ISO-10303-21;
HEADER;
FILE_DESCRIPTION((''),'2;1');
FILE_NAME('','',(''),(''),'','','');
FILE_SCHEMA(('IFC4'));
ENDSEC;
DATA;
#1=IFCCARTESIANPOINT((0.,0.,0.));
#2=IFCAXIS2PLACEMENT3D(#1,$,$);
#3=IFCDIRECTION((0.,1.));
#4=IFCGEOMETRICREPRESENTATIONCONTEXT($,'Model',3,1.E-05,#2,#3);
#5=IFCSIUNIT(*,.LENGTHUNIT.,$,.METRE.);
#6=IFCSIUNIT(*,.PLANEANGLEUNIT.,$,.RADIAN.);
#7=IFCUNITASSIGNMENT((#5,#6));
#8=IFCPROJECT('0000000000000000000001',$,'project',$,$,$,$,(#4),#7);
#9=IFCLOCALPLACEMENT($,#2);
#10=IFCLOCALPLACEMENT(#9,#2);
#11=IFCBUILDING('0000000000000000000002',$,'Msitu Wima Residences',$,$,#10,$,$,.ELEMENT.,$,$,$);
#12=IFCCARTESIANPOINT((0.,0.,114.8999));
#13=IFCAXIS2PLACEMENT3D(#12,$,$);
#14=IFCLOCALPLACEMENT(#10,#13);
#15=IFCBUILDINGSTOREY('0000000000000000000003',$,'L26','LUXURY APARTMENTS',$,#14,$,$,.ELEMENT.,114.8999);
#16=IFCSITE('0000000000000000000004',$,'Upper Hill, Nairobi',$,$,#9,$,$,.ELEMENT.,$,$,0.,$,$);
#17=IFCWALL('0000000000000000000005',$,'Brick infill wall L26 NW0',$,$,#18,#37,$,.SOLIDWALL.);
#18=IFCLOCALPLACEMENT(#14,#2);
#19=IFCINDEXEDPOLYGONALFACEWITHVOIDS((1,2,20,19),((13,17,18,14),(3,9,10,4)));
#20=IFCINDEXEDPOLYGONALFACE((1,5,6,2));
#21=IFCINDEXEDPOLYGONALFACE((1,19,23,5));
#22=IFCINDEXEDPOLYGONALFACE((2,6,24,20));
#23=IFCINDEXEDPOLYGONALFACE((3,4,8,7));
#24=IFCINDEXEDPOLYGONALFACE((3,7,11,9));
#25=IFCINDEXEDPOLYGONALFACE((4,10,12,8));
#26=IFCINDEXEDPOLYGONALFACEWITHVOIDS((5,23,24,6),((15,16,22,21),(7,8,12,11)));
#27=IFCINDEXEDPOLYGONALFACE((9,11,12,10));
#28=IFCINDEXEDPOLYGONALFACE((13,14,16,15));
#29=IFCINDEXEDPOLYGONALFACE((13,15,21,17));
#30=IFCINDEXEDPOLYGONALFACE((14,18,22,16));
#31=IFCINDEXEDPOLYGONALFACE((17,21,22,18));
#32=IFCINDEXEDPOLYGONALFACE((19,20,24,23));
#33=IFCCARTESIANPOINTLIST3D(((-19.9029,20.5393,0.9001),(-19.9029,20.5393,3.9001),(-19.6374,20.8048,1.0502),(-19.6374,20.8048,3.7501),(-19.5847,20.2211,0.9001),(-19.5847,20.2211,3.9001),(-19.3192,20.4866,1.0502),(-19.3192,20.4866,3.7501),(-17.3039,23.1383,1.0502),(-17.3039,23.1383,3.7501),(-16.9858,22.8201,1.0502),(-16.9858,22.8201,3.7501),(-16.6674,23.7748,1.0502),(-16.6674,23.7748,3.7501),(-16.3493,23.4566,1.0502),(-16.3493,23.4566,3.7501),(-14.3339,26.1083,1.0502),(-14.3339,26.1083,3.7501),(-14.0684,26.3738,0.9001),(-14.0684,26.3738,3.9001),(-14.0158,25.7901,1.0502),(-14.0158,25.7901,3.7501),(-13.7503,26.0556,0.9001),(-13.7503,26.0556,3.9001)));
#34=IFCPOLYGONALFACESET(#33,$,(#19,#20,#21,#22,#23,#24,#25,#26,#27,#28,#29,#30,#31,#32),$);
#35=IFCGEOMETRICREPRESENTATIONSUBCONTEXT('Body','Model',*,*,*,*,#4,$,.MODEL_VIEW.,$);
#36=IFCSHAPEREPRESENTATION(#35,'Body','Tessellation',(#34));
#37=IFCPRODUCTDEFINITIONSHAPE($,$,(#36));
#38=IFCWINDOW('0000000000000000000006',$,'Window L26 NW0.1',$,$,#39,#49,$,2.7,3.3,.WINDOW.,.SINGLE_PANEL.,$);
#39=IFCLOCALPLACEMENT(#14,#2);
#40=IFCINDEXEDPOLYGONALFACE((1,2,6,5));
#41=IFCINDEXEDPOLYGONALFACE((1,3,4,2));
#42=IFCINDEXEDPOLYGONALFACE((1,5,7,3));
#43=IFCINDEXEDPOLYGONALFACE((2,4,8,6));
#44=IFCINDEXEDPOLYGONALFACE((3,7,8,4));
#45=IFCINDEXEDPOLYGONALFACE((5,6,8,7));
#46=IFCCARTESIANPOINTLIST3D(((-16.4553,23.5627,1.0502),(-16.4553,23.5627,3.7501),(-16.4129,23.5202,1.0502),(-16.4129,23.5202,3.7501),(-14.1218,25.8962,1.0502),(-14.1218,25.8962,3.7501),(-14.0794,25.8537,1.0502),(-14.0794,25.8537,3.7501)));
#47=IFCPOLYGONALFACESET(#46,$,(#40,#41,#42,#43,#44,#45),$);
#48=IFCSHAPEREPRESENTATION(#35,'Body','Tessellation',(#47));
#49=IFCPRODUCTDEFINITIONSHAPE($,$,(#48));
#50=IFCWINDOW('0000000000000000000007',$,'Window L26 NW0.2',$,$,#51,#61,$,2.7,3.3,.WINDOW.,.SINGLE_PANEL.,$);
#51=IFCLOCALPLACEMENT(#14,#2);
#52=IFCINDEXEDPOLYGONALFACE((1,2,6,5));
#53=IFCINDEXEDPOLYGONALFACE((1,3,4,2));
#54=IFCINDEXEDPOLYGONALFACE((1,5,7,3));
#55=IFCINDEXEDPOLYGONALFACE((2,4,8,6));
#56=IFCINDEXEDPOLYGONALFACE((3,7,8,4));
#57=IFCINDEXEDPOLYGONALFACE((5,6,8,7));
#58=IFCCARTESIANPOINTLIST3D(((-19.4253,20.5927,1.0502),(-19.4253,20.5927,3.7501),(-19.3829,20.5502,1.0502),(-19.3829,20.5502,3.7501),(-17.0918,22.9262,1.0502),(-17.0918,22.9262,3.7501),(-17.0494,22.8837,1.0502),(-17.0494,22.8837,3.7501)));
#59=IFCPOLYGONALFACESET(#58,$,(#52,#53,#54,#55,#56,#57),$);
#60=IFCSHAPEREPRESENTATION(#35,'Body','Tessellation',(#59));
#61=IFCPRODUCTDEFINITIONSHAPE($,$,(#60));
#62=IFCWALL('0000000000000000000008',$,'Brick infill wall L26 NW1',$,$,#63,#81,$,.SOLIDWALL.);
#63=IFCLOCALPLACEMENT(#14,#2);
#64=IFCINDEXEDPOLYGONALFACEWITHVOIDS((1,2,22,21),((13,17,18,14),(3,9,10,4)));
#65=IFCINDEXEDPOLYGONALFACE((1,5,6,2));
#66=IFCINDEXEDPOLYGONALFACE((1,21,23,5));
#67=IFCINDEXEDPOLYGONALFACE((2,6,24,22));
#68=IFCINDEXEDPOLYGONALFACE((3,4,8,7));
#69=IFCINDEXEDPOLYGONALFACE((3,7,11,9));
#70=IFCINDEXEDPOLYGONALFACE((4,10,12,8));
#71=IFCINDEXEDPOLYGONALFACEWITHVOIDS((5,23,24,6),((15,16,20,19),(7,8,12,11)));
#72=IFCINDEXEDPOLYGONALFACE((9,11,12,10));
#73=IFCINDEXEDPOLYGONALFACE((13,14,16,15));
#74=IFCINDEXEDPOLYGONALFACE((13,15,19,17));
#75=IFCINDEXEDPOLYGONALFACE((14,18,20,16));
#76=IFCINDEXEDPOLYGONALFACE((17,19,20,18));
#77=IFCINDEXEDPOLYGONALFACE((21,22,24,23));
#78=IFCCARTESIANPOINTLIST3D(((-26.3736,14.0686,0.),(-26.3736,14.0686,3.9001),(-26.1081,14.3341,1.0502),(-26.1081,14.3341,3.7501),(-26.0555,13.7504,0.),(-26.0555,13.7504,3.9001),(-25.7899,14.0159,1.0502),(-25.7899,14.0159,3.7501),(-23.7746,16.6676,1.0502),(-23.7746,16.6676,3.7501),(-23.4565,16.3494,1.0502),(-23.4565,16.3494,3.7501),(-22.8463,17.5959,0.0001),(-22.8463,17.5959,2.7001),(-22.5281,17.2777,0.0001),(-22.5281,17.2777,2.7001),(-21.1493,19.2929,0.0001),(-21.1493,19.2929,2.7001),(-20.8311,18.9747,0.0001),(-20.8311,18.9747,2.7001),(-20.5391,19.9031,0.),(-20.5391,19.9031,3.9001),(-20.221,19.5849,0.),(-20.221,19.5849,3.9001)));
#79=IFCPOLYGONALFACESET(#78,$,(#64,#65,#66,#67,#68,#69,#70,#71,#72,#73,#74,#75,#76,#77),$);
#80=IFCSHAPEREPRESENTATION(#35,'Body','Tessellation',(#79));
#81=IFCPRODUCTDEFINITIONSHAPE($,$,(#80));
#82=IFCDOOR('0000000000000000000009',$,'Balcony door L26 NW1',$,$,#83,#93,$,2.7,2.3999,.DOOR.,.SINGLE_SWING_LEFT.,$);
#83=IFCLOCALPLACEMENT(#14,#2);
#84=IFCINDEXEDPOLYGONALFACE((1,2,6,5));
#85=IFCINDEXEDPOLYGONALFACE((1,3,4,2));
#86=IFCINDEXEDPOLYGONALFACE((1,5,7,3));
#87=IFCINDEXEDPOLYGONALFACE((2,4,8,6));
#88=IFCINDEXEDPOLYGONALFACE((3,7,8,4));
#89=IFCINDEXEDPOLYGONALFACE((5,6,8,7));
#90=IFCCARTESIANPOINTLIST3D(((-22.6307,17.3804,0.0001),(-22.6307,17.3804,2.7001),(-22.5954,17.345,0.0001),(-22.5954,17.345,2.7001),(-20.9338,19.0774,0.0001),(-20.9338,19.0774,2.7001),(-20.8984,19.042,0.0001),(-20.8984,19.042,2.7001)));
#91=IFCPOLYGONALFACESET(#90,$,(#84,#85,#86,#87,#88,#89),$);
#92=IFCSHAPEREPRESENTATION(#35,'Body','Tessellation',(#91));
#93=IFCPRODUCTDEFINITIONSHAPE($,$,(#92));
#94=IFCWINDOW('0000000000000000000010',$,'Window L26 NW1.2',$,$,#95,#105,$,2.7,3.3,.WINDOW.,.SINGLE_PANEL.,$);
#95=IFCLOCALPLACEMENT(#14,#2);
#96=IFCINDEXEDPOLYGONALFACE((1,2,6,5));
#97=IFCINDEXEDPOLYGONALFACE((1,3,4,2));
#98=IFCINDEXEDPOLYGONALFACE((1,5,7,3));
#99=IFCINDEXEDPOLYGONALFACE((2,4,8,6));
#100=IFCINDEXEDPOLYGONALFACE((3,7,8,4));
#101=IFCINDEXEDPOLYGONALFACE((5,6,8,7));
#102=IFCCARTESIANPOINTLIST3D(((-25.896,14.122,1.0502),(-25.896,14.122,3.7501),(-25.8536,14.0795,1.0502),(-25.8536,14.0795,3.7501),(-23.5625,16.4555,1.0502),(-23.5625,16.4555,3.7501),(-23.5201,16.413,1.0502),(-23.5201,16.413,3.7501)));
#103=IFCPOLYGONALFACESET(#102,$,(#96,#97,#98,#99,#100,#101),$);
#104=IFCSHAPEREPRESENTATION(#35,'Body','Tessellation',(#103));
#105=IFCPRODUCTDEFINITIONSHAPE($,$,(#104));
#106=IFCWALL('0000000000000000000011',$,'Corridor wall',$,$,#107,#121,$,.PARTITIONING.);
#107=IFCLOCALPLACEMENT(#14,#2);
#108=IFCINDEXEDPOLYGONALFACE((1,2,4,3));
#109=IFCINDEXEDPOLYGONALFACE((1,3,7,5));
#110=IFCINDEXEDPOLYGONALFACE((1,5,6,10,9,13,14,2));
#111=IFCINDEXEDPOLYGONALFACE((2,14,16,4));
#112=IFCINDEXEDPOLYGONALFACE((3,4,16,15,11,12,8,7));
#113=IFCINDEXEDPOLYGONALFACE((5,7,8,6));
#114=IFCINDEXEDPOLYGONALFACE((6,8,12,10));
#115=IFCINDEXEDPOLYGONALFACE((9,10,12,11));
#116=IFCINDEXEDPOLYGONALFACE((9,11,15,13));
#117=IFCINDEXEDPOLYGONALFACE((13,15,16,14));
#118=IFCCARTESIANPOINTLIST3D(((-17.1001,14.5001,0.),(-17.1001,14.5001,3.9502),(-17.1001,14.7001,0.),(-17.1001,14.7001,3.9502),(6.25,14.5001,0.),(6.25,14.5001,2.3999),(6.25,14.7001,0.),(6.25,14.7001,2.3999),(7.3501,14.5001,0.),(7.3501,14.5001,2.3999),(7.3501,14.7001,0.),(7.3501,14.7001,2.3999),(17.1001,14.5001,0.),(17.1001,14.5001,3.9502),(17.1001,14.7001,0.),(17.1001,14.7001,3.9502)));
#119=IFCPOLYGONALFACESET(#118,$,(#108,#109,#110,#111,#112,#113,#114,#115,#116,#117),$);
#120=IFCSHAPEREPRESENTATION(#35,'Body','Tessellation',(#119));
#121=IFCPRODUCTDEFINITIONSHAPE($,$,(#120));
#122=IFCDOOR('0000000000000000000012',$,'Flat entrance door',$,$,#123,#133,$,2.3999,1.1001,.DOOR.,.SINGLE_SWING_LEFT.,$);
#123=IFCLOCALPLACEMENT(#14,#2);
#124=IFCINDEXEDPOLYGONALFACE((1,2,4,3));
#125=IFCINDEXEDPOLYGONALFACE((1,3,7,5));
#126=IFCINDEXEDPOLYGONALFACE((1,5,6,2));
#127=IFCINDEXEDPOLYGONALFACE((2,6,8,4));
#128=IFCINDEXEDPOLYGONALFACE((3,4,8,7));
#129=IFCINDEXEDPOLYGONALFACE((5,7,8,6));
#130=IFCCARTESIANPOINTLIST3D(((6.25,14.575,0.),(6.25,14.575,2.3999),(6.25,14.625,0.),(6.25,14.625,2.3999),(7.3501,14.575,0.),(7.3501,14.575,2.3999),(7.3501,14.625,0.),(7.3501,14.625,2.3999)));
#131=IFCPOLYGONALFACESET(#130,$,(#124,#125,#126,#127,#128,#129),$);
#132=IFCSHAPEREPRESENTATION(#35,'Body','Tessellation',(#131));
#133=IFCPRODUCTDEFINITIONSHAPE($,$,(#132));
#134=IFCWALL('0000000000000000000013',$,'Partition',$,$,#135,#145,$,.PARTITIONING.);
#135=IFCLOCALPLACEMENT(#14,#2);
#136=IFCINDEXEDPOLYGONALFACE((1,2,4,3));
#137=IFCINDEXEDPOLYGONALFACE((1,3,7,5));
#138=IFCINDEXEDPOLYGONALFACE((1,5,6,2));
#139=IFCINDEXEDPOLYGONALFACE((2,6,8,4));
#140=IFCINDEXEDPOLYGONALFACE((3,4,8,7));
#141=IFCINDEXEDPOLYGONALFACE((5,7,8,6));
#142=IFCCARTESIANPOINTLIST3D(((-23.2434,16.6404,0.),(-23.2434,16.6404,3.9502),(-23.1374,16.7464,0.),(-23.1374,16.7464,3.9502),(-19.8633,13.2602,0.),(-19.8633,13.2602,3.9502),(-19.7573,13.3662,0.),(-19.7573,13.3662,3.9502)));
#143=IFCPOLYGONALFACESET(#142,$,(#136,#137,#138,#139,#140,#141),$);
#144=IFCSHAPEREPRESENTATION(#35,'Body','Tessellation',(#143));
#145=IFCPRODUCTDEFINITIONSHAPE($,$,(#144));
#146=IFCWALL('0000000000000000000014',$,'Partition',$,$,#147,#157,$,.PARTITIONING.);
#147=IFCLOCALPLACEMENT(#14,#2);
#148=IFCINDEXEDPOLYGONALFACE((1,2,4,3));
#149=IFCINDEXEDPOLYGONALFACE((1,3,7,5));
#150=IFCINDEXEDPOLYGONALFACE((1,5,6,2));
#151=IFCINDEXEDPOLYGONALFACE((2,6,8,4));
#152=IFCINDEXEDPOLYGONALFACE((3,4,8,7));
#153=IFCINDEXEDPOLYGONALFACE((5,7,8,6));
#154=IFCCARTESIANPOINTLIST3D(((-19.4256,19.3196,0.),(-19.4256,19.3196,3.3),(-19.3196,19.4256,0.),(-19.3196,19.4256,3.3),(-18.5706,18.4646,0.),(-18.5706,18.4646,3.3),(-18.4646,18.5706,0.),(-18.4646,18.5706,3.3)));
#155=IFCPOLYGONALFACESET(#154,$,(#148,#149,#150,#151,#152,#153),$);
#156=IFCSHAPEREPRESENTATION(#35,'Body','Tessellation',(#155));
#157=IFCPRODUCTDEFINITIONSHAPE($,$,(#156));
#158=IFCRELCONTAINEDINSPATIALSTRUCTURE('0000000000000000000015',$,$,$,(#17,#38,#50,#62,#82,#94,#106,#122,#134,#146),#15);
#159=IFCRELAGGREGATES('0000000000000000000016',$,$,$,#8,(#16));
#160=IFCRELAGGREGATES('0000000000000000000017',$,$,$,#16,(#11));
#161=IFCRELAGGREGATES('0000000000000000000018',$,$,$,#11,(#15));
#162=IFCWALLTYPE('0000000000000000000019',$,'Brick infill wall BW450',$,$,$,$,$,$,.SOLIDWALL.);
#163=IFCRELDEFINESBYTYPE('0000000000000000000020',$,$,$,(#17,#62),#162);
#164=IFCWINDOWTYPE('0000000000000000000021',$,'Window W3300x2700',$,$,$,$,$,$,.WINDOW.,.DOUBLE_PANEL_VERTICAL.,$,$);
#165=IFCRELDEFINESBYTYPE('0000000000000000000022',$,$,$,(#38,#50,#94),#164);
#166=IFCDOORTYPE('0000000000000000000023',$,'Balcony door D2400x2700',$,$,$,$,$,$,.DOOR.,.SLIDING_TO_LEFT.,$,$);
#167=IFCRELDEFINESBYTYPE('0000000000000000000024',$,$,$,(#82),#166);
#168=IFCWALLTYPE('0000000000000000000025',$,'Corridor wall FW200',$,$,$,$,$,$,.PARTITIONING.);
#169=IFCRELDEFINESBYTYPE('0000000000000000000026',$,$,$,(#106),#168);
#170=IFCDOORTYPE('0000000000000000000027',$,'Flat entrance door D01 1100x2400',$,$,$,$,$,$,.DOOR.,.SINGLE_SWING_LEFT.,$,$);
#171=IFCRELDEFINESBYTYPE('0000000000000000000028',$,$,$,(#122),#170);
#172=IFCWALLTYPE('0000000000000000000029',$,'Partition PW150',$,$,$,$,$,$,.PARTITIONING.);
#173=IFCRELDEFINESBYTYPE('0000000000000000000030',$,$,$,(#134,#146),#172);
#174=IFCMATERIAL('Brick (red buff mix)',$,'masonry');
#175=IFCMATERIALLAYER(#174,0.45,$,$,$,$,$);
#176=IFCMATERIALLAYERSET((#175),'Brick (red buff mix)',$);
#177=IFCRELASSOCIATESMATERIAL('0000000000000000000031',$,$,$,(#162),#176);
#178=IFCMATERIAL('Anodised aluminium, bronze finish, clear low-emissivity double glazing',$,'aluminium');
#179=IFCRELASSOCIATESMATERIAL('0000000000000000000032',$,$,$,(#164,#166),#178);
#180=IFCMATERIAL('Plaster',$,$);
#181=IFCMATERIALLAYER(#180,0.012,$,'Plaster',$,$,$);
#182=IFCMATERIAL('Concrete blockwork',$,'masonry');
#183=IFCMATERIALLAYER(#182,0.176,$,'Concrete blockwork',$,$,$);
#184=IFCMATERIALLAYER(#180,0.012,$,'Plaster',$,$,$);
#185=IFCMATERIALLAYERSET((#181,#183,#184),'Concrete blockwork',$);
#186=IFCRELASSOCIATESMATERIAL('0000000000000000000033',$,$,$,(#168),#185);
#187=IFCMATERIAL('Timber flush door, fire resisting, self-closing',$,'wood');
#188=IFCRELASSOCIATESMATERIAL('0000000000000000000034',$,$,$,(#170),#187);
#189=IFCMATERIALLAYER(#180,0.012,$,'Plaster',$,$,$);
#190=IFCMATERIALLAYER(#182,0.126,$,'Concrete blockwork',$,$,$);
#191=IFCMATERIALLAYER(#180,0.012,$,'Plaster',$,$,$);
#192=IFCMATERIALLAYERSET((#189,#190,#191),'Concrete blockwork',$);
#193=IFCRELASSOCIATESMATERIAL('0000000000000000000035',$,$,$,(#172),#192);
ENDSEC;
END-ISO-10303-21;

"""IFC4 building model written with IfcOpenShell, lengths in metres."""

from ifc_helpers import new_model, si_unit, direction, frame, frame_2d, origin, place, context, subcontext, project, spatial, rectangle, extrude, material, layer, layer_set, type_object, element, fill, save


model = new_model("IFC4")

# Units and contexts
model_context = context("Model", 3, precision=1e-05, world=origin(), true_north=direction((0.0, 1.0)))
body_context = subcontext(model_context, "Body", "Model", "MODEL_VIEW")
ifc_project = project(units=[si_unit("LENGTHUNIT", "METRE"), si_unit("PLANEANGLEUNIT", "RADIAN")], contexts=[model_context])

# Site, building, storey
site_placement = place(None, origin())
site = spatial("IfcSite", under=ifc_project, at=site_placement, Name="Upper Hill, Nairobi", CompositionType="ELEMENT", RefElevation=0.0)
building_placement = place(site_placement, origin())
building = spatial("IfcBuilding", under=site, at=building_placement, Name="Msitu Wima Residences", CompositionType="ELEMENT")
storey_placement = place(building_placement, frame((0.0, 0.0, 114.8999)))
storey = spatial("IfcBuildingStorey", under=building, at=storey_placement, Name="L26", Description="LUXURY APARTMENTS", CompositionType="ELEMENT", Elevation=114.8999)

# Wall, openings, windows
ifc_material_1 = material(Name="Brick (red buff mix)", Category="masonry")
ifc_layer_1 = layer(ifc_material_1, 0.45)
ifc_layer_set_1 = layer_set([ifc_layer_1], Name="Brick (red buff mix)")
wall_type_1 = type_object("IfcWallType", Name="Brick infill wall BW450", PredefinedType="SOLIDWALL", material=ifc_layer_set_1)
wall_1_placement = place(storey_placement, frame((-13.9094, 26.2146, 0.9001), z_axis=(0.0, 0.0, 1.0), x_axis=(-0.707107, -0.707107, 0.0)))
wall_1 = element("IfcWall", 1, at=wall_1_placement, inside=storey, type_object=wall_type_1, Name="Brick infill wall L26 NW0", PredefinedType="SOLIDWALL", context=body_context, shape_type="SweptSolid", body=[
    extrude(rectangle(XDim=8.2512, YDim=0.45, at=frame_2d((4.1255, 0.0))), origin(), (0.0, 0.0, 1.0), 3.0),
])
opening_1_placement = place(wall_1_placement, frame((0.3755, 0.0, 0.1499)))
opening_1 = element("IfcOpeningElement", 2, at=opening_1_placement, cuts=wall_1, PredefinedType="OPENING", context=body_context, shape_type="SweptSolid", body=[
    extrude(rectangle(XDim=3.3, YDim=2.7, at=frame_2d((1.6499, 1.3501))), frame((0.0, 0.2349, 0.0), z_axis=(0.0, -1.0, 0.0), x_axis=(1.0, 0.0, 0.0)), (0.0, 0.0, 1.0), 0.47),
])
opening_2_placement = place(wall_1_placement, frame((4.5757, 0.0, 0.1499)))
opening_2 = element("IfcOpeningElement", 3, at=opening_2_placement, cuts=wall_1, PredefinedType="OPENING", context=body_context, shape_type="SweptSolid", body=[
    extrude(rectangle(XDim=3.3, YDim=2.7, at=frame_2d((1.6499, 1.3501))), frame((0.0, 0.2349, 0.0), z_axis=(0.0, -1.0, 0.0), x_axis=(1.0, 0.0, 0.0)), (0.0, 0.0, 1.0), 0.47),
])
ifc_material_2 = material(Name="Anodised aluminium, bronze finish, clear low-emissivity double glazing", Category="aluminium")
window_type = type_object("IfcWindowType", Name="Window W3300x2700", PartitioningType="DOUBLE_PANEL_VERTICAL", PredefinedType="WINDOW", material=ifc_material_2)
window_1_placement = place(opening_1_placement, origin())
window_1 = element("IfcWindow", 4, at=window_1_placement, inside=storey, type_object=window_type, Name="Window L26 NW0.1", OverallHeight=2.7, OverallWidth=3.3, PartitioningType="SINGLE_PANEL", PredefinedType="WINDOW", context=body_context, shape_type="SweptSolid", body=[
    extrude(rectangle(XDim=3.3, YDim=2.7, at=frame_2d((1.6499, 1.3501))), frame((0.0, 0.135, 0.0), z_axis=(0.0, -1.0, 0.0), x_axis=(1.0, 0.0, 0.0)), (0.0, 0.0, 1.0), 0.0601),
])
fill(opening_1, window_1)
window_2_placement = place(opening_2_placement, origin())
window_2 = element("IfcWindow", 5, at=window_2_placement, inside=storey, type_object=window_type, Name="Window L26 NW0.2", OverallHeight=2.7, OverallWidth=3.3, PartitioningType="SINGLE_PANEL", PredefinedType="WINDOW", context=body_context, shape_type="SweptSolid", body=[
    extrude(rectangle(XDim=3.3, YDim=2.7, at=frame_2d((1.6499, 1.3501))), frame((0.0, 0.135, 0.0), z_axis=(0.0, -1.0, 0.0), x_axis=(1.0, 0.0, 0.0)), (0.0, 0.0, 1.0), 0.0601),
])
fill(opening_2, window_2)

# Wall, openings, door, window
wall_2_placement = place(storey_placement, frame((-20.3801, 19.7439, 0.0), z_axis=(0.0, 0.0, 1.0), x_axis=(-0.707107, -0.707107, 0.0)))
wall_2 = element("IfcWall", 6, at=wall_2_placement, inside=storey, type_object=wall_type_1, Name="Brick infill wall L26 NW1", PredefinedType="SOLIDWALL", context=body_context, shape_type="SweptSolid", body=[
    extrude(rectangle(XDim=8.2512, YDim=0.45, at=frame_2d((4.1255, 0.0))), origin(), (0.0, 0.0, 1.0), 3.9001),
])
opening_3_placement = place(wall_2_placement, frame((0.8628, 0.0, 0.0)))
opening_3 = element("IfcOpeningElement", 7, at=opening_3_placement, cuts=wall_2, PredefinedType="OPENING", context=body_context, shape_type="SweptSolid", body=[
    extrude(rectangle(XDim=2.3999, YDim=2.7, at=frame_2d((1.2, 1.3501))), frame((0.0, 0.2349, 0.0), z_axis=(0.0, -1.0, 0.0), x_axis=(1.0, 0.0, 0.0)), (0.0, 0.0, 1.0), 0.47),
])
opening_4_placement = place(wall_2_placement, frame((4.5757, 0.0, 1.05)))
opening_4 = element("IfcOpeningElement", 8, at=opening_4_placement, cuts=wall_2, PredefinedType="OPENING", context=body_context, shape_type="SweptSolid", body=[
    extrude(rectangle(XDim=3.3, YDim=2.7, at=frame_2d((1.6499, 1.3501))), frame((0.0, 0.2349, 0.0), z_axis=(0.0, -1.0, 0.0), x_axis=(1.0, 0.0, 0.0)), (0.0, 0.0, 1.0), 0.47),
])
door_type_1 = type_object("IfcDoorType", Name="Balcony door D2400x2700", OperationType="SLIDING_TO_LEFT", PredefinedType="DOOR", material=ifc_material_2)
door_1_placement = place(opening_3_placement, origin())
door_1 = element("IfcDoor", 9, at=door_1_placement, inside=storey, type_object=door_type_1, Name="Balcony door L26 NW1", OperationType="SINGLE_SWING_LEFT", OverallHeight=2.7, OverallWidth=2.3999, PredefinedType="DOOR", context=body_context, shape_type="SweptSolid", body=[
    extrude(rectangle(XDim=2.3999, YDim=2.7, at=frame_2d((1.2, 1.3501))), frame((0.0, 0.1299, 0.0), z_axis=(0.0, -1.0, 0.0), x_axis=(1.0, 0.0, 0.0)), (0.0, 0.0, 1.0), 0.05),
])
fill(opening_3, door_1)
window_3_placement = place(opening_4_placement, origin())
window_3 = element("IfcWindow", 10, at=window_3_placement, inside=storey, type_object=window_type, Name="Window L26 NW1.2", OverallHeight=2.7, OverallWidth=3.3, PartitioningType="SINGLE_PANEL", PredefinedType="WINDOW", context=body_context, shape_type="SweptSolid", body=[
    extrude(rectangle(XDim=3.3, YDim=2.7, at=frame_2d((1.6499, 1.3501))), frame((0.0, 0.135, 0.0), z_axis=(0.0, -1.0, 0.0), x_axis=(1.0, 0.0, 0.0)), (0.0, 0.0, 1.0), 0.0601),
])
fill(opening_4, window_3)

# Wall, opening, door
ifc_material_3 = material(Name="Plaster")
ifc_layer_2 = layer(ifc_material_3, 0.012, Name="Plaster")
ifc_material_4 = material(Name="Concrete blockwork", Category="masonry")
ifc_layer_3 = layer(ifc_material_4, 0.176, Name="Concrete blockwork")
ifc_layer_4 = layer(ifc_material_3, 0.012, Name="Plaster")
ifc_layer_set_2 = layer_set([ifc_layer_2, ifc_layer_3, ifc_layer_4], Name="Concrete blockwork")
wall_type_2 = type_object("IfcWallType", Name="Corridor wall FW200", PredefinedType="PARTITIONING", material=ifc_layer_set_2)
wall_3_placement = place(storey_placement, frame((-17.1001, 14.6001, 0.0), z_axis=(0.0, 0.0, 1.0), x_axis=(1.0, 0.0, 0.0)))
wall_3 = element("IfcWall", 11, at=wall_3_placement, inside=storey, type_object=wall_type_2, Name="Corridor wall", PredefinedType="PARTITIONING", context=body_context, shape_type="SweptSolid", body=[
    extrude(rectangle(XDim=34.2002, YDim=0.2, at=frame_2d((17.1001, 0.0))), origin(), (0.0, 0.0, 1.0), 3.9502),
])
opening_5_placement = place(wall_3_placement, frame((23.3501, 0.0, 0.0)))
opening_5 = element("IfcOpeningElement", 12, at=opening_5_placement, cuts=wall_3, PredefinedType="OPENING", context=body_context, shape_type="SweptSolid", body=[
    extrude(rectangle(XDim=1.1001, YDim=2.3999, at=frame_2d((0.55, 1.2))), frame((0.0, 0.1099, 0.0), z_axis=(0.0, -1.0, 0.0), x_axis=(1.0, 0.0, 0.0)), (0.0, 0.0, 1.0), 0.22),
])
ifc_material_5 = material(Name="Timber flush door, fire resisting, self-closing", Category="wood")
door_type_2 = type_object("IfcDoorType", Name="Flat entrance door D01 1100x2400", OperationType="SINGLE_SWING_LEFT", PredefinedType="DOOR", material=ifc_material_5)
door_2_placement = place(opening_5_placement, origin())
door_2 = element("IfcDoor", 13, at=door_2_placement, inside=storey, type_object=door_type_2, Name="Flat entrance door", OperationType="SINGLE_SWING_LEFT", OverallHeight=2.3999, OverallWidth=1.1001, PredefinedType="DOOR", context=body_context, shape_type="SweptSolid", body=[
    extrude(rectangle(XDim=1.1001, YDim=2.3999, at=frame_2d((0.55, 1.2))), frame((0.0, 0.0249, 0.0), z_axis=(0.0, -1.0, 0.0), x_axis=(1.0, 0.0, 0.0)), (0.0, 0.0, 1.0), 0.05),
])
fill(opening_5, door_2)

# Walls
ifc_layer_5 = layer(ifc_material_3, 0.012, Name="Plaster")
ifc_layer_6 = layer(ifc_material_4, 0.126, Name="Concrete blockwork")
ifc_layer_7 = layer(ifc_material_3, 0.012, Name="Plaster")
ifc_layer_set_3 = layer_set([ifc_layer_5, ifc_layer_6, ifc_layer_7], Name="Concrete blockwork")
wall_type_3 = type_object("IfcWallType", Name="Partition PW150", PredefinedType="PARTITIONING", material=ifc_layer_set_3)
wall_4_placement = place(storey_placement, frame((-23.1904, 16.6934, 0.0), z_axis=(0.0, 0.0, 1.0), x_axis=(0.707107, -0.707107, 0.0)))
element("IfcWall", 14, at=wall_4_placement, inside=storey, type_object=wall_type_3, Name="Partition", PredefinedType="PARTITIONING", context=body_context, shape_type="SweptSolid", body=[
    extrude(rectangle(XDim=4.7803, YDim=0.1499, at=frame_2d((2.3901, 0.0))), origin(), (0.0, 0.0, 1.0), 3.9502),
])
wall_5_placement = place(storey_placement, frame((-19.3726, 19.3726, 0.0), z_axis=(0.0, 0.0, 1.0), x_axis=(0.707107, -0.707107, 0.0)))
element("IfcWall", 15, at=wall_5_placement, inside=storey, type_object=wall_type_3, Name="Partition", PredefinedType="PARTITIONING", context=body_context, shape_type="SweptSolid", body=[
    extrude(rectangle(XDim=1.2092, YDim=0.1499, at=frame_2d((0.6045, 0.0))), origin(), (0.0, 0.0, 1.0), 3.3),
])

save(model, "model.ifc")
